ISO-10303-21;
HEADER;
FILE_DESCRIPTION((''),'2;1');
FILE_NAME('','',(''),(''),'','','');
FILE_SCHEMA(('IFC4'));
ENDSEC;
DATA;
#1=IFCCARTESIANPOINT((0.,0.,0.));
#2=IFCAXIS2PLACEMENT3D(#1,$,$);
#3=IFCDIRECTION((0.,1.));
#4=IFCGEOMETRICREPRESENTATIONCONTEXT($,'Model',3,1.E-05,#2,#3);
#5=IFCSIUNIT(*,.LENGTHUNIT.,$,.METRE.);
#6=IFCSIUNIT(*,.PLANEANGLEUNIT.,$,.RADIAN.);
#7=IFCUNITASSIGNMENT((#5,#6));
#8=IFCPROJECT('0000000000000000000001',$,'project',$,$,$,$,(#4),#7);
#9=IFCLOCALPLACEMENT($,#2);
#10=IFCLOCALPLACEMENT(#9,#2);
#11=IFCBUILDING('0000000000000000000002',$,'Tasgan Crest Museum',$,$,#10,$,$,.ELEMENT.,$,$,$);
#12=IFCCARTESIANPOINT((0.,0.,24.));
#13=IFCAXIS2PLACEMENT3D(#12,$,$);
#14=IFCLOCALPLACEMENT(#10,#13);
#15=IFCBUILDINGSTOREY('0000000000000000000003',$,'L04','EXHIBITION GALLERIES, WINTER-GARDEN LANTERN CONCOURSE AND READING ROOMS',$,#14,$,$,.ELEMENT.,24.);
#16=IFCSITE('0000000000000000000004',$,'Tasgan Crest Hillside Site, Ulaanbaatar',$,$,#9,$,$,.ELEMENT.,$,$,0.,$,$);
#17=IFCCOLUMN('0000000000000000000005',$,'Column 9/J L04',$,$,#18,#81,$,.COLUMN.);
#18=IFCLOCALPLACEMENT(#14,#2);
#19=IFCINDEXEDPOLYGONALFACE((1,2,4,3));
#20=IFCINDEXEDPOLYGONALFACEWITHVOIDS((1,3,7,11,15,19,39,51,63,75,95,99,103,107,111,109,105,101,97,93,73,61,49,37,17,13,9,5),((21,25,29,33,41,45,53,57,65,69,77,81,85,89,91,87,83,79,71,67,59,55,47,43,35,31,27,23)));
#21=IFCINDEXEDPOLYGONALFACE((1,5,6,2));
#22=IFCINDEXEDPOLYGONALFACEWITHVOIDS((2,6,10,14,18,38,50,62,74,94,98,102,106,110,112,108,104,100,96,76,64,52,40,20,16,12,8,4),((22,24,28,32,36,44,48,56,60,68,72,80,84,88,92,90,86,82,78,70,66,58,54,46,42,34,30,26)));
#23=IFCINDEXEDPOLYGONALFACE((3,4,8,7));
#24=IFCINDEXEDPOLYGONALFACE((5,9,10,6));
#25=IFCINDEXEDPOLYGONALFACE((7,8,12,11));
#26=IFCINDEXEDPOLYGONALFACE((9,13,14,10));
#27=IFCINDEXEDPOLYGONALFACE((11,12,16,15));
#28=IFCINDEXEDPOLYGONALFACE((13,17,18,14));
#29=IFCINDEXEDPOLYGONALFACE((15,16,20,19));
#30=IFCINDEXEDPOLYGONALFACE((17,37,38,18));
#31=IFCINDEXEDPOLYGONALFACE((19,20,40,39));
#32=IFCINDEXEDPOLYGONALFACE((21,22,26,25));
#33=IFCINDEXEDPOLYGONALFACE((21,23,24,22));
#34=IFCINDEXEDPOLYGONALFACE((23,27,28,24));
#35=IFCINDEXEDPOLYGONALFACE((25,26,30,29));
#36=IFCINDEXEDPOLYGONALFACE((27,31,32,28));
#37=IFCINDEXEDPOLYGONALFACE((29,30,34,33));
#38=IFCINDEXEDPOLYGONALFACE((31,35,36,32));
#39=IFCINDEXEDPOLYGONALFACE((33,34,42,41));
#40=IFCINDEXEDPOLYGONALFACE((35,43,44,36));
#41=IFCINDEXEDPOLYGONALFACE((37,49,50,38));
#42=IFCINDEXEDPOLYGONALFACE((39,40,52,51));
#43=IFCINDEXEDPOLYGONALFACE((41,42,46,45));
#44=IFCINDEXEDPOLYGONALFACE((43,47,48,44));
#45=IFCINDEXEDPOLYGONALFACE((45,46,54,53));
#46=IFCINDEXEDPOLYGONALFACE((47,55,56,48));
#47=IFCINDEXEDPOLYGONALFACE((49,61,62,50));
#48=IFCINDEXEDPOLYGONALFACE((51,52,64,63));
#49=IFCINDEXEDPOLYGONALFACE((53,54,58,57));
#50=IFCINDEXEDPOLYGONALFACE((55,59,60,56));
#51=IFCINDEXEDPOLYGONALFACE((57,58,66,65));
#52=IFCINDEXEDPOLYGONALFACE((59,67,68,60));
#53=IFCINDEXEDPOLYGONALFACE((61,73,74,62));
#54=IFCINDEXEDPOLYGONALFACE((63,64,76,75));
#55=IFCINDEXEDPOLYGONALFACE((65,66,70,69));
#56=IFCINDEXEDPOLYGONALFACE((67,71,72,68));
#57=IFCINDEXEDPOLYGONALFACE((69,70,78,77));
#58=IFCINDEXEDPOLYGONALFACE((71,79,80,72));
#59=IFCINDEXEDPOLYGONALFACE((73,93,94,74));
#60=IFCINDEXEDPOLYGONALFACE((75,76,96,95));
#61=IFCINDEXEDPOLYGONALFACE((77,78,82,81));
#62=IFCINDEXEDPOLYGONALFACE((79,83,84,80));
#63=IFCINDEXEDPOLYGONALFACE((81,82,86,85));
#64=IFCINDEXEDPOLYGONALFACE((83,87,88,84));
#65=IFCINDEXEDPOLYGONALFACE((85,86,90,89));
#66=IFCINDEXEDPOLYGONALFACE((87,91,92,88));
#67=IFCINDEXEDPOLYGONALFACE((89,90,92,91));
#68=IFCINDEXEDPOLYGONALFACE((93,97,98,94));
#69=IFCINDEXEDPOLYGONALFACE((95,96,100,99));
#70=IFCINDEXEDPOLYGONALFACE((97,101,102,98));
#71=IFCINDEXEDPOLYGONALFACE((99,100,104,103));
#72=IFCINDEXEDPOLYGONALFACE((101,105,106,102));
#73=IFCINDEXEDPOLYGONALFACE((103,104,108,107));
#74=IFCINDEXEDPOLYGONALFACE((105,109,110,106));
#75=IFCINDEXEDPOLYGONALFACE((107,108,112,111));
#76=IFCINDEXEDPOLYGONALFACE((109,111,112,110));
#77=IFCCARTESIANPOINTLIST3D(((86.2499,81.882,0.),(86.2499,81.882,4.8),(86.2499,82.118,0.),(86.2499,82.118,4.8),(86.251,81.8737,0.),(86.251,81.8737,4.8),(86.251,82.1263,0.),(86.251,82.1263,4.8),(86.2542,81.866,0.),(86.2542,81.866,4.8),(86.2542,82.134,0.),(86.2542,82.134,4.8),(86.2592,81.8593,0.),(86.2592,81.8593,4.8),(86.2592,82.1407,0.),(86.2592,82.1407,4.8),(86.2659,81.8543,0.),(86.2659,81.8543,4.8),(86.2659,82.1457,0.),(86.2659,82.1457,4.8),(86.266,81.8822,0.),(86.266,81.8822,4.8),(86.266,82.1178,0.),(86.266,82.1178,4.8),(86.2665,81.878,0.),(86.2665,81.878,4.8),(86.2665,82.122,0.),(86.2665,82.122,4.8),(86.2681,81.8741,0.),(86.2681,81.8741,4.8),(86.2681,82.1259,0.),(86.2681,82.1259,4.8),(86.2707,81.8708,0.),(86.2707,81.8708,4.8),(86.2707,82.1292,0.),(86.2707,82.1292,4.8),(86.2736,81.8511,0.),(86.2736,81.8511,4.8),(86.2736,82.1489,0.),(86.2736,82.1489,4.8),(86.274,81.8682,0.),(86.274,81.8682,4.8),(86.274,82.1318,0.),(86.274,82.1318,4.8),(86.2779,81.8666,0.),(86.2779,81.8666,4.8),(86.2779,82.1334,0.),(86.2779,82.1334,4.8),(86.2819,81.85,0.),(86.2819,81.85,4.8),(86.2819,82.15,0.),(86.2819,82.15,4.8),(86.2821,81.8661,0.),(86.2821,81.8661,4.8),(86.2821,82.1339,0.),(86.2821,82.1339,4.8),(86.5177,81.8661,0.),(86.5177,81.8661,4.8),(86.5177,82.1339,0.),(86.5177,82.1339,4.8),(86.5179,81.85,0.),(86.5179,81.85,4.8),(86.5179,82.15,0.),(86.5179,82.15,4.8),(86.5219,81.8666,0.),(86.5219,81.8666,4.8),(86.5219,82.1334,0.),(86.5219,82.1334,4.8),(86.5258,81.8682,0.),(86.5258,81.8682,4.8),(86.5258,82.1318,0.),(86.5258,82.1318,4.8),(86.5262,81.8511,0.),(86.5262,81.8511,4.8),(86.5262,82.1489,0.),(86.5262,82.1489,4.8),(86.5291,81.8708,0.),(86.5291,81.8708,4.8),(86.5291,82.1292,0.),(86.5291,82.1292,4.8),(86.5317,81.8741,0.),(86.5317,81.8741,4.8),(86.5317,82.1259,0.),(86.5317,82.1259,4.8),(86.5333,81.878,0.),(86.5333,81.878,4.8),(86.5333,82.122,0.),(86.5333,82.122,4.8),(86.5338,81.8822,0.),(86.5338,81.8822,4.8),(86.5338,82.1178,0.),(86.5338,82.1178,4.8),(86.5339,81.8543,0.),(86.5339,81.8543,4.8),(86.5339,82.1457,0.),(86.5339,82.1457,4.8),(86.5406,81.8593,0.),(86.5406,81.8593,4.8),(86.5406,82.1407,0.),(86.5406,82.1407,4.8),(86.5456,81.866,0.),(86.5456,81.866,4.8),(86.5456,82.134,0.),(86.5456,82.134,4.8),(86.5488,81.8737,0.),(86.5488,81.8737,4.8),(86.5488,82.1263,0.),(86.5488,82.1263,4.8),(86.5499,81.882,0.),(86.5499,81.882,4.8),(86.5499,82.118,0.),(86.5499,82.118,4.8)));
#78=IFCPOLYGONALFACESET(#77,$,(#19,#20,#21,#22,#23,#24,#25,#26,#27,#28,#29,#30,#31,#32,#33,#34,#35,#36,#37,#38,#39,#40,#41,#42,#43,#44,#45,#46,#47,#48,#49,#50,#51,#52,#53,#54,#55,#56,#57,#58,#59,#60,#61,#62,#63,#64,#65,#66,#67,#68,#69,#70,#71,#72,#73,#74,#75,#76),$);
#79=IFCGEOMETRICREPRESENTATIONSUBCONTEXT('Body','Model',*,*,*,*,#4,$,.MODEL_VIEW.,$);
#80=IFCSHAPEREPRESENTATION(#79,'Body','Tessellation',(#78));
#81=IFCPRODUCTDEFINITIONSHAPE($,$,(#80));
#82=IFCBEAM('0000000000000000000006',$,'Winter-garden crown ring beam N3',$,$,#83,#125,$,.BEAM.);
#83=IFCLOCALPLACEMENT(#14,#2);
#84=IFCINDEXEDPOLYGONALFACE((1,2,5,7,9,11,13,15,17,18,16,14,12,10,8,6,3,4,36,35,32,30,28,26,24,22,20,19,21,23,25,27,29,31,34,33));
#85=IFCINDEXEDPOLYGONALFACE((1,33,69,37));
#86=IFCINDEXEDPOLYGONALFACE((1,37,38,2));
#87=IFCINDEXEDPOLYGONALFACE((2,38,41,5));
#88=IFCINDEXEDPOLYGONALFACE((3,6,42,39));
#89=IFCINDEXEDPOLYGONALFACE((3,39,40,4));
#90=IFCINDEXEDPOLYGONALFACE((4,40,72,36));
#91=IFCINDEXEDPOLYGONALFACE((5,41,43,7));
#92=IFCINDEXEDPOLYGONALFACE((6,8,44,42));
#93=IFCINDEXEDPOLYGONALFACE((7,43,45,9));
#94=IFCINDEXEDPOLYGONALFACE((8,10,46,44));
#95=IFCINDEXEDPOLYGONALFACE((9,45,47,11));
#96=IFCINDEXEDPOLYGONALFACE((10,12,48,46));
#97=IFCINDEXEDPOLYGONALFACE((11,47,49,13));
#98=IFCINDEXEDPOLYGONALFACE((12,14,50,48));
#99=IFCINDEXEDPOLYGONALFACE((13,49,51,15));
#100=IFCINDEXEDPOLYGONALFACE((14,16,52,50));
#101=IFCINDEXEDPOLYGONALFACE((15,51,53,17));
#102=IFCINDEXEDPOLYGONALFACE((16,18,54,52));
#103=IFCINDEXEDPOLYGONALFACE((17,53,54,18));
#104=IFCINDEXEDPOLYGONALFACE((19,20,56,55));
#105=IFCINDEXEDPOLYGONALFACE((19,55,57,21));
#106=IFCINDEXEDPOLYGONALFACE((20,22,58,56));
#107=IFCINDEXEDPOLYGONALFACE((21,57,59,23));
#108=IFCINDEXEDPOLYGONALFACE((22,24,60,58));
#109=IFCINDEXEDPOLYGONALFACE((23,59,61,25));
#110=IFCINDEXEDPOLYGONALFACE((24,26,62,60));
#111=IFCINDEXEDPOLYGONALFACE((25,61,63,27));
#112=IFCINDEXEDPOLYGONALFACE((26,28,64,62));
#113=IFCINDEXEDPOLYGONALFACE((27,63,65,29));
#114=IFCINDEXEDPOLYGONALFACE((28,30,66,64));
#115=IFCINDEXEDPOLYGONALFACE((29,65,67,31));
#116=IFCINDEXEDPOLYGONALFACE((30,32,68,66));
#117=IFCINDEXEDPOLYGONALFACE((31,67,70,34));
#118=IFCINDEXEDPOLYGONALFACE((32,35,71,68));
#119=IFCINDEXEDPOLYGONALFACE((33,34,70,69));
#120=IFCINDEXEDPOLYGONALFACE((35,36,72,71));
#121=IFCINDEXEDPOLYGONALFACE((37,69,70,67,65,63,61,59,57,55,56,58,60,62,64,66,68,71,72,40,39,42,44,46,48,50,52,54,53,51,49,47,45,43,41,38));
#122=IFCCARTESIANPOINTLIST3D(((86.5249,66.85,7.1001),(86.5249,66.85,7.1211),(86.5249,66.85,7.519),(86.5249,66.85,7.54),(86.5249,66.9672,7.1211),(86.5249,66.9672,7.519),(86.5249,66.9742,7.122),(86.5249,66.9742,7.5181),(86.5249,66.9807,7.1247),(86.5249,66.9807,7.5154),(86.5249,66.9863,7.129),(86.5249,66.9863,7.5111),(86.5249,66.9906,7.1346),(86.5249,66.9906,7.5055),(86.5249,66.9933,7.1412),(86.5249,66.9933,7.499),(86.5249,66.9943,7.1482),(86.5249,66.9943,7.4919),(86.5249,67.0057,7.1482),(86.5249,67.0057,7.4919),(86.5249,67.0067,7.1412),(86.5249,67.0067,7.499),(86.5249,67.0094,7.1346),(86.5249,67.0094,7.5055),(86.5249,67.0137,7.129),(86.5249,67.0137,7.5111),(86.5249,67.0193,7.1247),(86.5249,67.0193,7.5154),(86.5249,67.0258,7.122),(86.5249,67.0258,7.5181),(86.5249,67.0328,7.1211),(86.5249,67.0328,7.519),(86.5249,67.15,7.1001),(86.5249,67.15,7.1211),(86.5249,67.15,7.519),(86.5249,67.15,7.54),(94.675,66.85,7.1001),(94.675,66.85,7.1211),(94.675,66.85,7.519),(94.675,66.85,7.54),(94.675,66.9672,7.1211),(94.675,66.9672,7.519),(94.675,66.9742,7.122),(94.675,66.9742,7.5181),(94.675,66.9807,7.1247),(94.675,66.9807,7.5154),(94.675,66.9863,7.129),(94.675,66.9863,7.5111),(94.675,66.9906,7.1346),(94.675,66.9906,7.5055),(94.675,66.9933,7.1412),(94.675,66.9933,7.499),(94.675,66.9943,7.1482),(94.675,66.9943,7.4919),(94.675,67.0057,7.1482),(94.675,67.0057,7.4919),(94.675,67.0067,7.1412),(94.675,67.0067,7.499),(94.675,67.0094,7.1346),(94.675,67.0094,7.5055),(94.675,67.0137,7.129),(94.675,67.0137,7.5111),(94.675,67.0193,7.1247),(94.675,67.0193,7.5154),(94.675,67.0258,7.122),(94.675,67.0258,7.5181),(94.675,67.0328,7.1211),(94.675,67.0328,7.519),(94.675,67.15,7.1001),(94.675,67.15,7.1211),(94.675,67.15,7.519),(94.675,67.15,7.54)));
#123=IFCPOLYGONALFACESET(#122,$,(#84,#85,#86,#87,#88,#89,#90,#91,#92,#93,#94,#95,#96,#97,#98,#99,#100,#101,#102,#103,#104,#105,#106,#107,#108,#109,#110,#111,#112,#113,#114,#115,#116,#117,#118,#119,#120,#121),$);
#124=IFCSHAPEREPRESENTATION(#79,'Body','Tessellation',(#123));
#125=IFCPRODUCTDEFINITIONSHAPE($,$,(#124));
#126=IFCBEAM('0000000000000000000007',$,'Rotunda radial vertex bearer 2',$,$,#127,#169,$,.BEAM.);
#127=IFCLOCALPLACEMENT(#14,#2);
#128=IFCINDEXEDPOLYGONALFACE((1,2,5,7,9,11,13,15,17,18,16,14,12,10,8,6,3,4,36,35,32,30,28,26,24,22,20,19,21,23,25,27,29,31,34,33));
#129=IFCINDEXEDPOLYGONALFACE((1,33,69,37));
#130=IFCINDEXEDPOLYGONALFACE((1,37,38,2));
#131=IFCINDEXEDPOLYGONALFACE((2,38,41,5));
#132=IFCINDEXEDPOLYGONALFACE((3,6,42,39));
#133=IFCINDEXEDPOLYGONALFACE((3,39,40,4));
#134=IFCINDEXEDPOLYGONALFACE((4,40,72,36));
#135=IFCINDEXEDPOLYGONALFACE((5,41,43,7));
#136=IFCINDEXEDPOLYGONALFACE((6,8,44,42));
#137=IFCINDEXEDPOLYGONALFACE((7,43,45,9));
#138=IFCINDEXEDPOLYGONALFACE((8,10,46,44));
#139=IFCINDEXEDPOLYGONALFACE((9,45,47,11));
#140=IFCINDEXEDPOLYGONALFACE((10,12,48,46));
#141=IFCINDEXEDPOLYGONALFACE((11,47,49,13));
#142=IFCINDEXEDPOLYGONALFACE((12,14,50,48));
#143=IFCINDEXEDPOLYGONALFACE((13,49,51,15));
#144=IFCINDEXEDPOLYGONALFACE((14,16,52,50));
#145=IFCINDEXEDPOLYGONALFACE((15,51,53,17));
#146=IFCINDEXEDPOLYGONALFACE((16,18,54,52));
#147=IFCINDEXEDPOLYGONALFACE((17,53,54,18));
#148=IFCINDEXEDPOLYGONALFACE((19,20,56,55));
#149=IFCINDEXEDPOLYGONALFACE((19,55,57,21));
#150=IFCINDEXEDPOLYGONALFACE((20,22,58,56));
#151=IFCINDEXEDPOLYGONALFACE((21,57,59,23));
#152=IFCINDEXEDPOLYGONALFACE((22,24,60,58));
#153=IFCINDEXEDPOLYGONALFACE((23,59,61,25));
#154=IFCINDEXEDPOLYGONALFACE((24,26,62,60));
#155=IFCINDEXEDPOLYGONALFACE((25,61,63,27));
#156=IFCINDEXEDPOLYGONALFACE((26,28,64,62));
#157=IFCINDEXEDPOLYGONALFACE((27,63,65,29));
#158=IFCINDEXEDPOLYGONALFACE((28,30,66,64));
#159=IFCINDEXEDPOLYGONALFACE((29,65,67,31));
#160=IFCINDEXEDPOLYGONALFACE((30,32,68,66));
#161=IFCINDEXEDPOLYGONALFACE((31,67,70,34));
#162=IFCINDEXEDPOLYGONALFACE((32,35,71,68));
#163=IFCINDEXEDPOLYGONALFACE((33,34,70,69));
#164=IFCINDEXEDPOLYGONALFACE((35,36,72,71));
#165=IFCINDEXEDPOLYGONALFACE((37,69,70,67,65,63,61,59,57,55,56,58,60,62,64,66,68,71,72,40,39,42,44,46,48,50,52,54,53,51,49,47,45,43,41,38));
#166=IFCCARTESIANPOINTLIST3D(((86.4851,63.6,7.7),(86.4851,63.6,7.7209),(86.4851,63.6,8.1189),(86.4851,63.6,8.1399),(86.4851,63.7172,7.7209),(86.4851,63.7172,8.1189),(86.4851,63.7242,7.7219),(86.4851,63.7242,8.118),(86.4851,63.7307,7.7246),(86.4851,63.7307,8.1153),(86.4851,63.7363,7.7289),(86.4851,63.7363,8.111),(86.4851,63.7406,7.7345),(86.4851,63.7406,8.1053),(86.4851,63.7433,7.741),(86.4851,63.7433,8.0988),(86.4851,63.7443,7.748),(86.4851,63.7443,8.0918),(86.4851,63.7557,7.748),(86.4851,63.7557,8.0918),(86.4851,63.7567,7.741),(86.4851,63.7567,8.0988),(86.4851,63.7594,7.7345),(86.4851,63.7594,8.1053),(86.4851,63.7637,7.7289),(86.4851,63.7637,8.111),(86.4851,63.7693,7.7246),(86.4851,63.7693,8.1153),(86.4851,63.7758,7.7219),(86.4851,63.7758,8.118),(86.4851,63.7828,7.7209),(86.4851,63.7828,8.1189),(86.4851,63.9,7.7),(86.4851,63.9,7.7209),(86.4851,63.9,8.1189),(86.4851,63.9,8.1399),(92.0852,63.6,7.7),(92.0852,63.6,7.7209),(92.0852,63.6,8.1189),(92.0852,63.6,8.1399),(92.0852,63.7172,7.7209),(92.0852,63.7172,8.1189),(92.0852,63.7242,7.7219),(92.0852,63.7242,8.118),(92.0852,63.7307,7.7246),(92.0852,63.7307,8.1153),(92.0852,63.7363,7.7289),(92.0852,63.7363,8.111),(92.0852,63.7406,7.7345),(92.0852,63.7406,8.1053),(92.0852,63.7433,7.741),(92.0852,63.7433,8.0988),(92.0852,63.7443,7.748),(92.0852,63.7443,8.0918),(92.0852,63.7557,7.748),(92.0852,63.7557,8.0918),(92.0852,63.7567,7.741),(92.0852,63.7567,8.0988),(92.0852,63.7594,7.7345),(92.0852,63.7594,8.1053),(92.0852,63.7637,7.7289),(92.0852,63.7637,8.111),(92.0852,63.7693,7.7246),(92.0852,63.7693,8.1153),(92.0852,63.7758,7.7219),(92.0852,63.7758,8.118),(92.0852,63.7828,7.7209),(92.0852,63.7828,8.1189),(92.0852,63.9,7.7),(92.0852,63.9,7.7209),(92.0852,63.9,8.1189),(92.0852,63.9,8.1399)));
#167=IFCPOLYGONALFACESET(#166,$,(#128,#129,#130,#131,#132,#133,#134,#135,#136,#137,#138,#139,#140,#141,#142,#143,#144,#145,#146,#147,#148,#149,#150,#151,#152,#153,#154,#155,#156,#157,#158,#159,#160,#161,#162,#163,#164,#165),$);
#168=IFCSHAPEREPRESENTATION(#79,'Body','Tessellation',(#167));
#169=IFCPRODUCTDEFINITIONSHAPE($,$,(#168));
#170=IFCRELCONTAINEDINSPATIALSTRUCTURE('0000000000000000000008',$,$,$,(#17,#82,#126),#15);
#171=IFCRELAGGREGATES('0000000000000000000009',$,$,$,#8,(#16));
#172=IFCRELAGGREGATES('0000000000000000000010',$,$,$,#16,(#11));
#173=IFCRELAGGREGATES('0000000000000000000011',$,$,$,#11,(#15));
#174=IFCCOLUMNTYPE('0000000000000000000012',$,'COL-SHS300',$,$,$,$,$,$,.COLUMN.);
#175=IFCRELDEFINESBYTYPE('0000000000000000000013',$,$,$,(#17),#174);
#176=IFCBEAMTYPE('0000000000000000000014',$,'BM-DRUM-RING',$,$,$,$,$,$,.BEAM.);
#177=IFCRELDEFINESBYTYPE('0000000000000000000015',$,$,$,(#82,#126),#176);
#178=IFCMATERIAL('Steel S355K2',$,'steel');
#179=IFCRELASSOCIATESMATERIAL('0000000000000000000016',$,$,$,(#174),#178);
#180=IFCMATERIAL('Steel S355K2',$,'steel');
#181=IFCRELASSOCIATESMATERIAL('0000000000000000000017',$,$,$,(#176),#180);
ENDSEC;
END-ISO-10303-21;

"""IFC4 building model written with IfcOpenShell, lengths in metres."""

from ifc_helpers import new_model, si_unit, direction, frame, origin, origin_2d, place, context, subcontext, project, spatial, hollow_rectangle, i_section, extrude, material, material_profile, profile_set, type_object, element, save


model = new_model("IFC4")

# Units and contexts
model_context = context("Model", 3, precision=1e-05, world=origin(), true_north=direction((0.0, 1.0)))
body_context = subcontext(model_context, "Body", "Model", "MODEL_VIEW")
ifc_project = project(units=[si_unit("LENGTHUNIT", "METRE"), si_unit("PLANEANGLEUNIT", "RADIAN")], contexts=[model_context])

# Site, building, storey
site_placement = place(None, origin())
site = spatial("IfcSite", under=ifc_project, at=site_placement, Name="Tasgan Crest Hillside Site, Ulaanbaatar", CompositionType="ELEMENT", RefElevation=0.0)
building_placement = place(site_placement, origin())
building = spatial("IfcBuilding", under=site, at=building_placement, Name="Tasgan Crest Museum", CompositionType="ELEMENT")
storey_placement = place(building_placement, frame((0.0, 0.0, 24.0)))
storey = spatial("IfcBuildingStorey", under=building, at=storey_placement, Name="L04", Description="EXHIBITION GALLERIES, WINTER-GARDEN LANTERN CONCOURSE AND READING ROOMS", CompositionType="ELEMENT", Elevation=24.0)

# Column
ifc_material_1 = material(Name="Steel S355K2", Category="steel")
ifc_material_profile_1 = material_profile(ifc_material_1, hollow_rectangle(XDim=0.3, YDim=0.3, WallThickness=0.0161, InnerFilletRadius=0.0161, OuterFilletRadius=0.032, at=origin_2d()), Name="SHS 300x300x16")
ifc_profile_set_1 = profile_set([ifc_material_profile_1], Name="Steel S355K2")
column_type = type_object("IfcColumnType", Name="COL-SHS300", PredefinedType="COLUMN", material=ifc_profile_set_1)
column_placement = place(storey_placement, frame((86.3999, 82.0, 0.0), z_axis=(0.0, 0.0, 1.0), x_axis=(1.0, 0.0, 0.0)))
element("IfcColumn", 1, at=column_placement, inside=storey, type_object=column_type, Name="Column 9/J L04", PredefinedType="COLUMN", context=body_context, shape_type="SweptSolid", body=[
    extrude(hollow_rectangle(XDim=0.3, YDim=0.3, WallThickness=0.0161, InnerFilletRadius=0.0161, OuterFilletRadius=0.032, at=origin_2d()), origin(), (0.0, 0.0, 1.0), 4.8),
])

# Beams
ifc_material_2 = material(Name="Steel S355K2", Category="steel")
ifc_material_profile_2 = material_profile(ifc_material_2, i_section(OverallWidth=0.3, OverallDepth=0.4399, WebThickness=0.0115, FlangeThickness=0.021, FilletRadius=0.0271, at=origin_2d()), Name="HEA 450")
ifc_profile_set_2 = profile_set([ifc_material_profile_2], Name="Steel S355K2")
beam_type_1 = type_object("IfcBeamType", Name="BM-DRUM-RING", PredefinedType="BEAM", material=ifc_profile_set_2)
beam_1_placement = place(storey_placement, frame((86.5249, 67.0, 7.3201), z_axis=(1.0, 0.0, 0.0), x_axis=(0.0, 1.0, 0.0)))
element("IfcBeam", 2, at=beam_1_placement, inside=storey, type_object=beam_type_1, Name="Winter-garden crown ring beam N3", PredefinedType="BEAM", context=body_context, shape_type="SweptSolid", body=[
    extrude(i_section(OverallWidth=0.3, OverallDepth=0.4399, WebThickness=0.0115, FlangeThickness=0.021, FilletRadius=0.0271, at=origin_2d()), origin(), (0.0, 0.0, 1.0), 8.1501),
])
beam_2_placement = place(storey_placement, frame((86.4851, 63.75, 7.9199), z_axis=(1.0, 0.0, 0.0), x_axis=(0.0, 1.0, 0.0)))
element("IfcBeam", 3, at=beam_2_placement, inside=storey, type_object=beam_type_1, Name="Rotunda radial vertex bearer 2", PredefinedType="BEAM", context=body_context, shape_type="SweptSolid", body=[
    extrude(i_section(OverallWidth=0.3, OverallDepth=0.4399, WebThickness=0.0115, FlangeThickness=0.021, FilletRadius=0.0271, at=origin_2d()), origin(), (0.0, 0.0, 1.0), 5.6001),
])

save(model, "model.ifc")
